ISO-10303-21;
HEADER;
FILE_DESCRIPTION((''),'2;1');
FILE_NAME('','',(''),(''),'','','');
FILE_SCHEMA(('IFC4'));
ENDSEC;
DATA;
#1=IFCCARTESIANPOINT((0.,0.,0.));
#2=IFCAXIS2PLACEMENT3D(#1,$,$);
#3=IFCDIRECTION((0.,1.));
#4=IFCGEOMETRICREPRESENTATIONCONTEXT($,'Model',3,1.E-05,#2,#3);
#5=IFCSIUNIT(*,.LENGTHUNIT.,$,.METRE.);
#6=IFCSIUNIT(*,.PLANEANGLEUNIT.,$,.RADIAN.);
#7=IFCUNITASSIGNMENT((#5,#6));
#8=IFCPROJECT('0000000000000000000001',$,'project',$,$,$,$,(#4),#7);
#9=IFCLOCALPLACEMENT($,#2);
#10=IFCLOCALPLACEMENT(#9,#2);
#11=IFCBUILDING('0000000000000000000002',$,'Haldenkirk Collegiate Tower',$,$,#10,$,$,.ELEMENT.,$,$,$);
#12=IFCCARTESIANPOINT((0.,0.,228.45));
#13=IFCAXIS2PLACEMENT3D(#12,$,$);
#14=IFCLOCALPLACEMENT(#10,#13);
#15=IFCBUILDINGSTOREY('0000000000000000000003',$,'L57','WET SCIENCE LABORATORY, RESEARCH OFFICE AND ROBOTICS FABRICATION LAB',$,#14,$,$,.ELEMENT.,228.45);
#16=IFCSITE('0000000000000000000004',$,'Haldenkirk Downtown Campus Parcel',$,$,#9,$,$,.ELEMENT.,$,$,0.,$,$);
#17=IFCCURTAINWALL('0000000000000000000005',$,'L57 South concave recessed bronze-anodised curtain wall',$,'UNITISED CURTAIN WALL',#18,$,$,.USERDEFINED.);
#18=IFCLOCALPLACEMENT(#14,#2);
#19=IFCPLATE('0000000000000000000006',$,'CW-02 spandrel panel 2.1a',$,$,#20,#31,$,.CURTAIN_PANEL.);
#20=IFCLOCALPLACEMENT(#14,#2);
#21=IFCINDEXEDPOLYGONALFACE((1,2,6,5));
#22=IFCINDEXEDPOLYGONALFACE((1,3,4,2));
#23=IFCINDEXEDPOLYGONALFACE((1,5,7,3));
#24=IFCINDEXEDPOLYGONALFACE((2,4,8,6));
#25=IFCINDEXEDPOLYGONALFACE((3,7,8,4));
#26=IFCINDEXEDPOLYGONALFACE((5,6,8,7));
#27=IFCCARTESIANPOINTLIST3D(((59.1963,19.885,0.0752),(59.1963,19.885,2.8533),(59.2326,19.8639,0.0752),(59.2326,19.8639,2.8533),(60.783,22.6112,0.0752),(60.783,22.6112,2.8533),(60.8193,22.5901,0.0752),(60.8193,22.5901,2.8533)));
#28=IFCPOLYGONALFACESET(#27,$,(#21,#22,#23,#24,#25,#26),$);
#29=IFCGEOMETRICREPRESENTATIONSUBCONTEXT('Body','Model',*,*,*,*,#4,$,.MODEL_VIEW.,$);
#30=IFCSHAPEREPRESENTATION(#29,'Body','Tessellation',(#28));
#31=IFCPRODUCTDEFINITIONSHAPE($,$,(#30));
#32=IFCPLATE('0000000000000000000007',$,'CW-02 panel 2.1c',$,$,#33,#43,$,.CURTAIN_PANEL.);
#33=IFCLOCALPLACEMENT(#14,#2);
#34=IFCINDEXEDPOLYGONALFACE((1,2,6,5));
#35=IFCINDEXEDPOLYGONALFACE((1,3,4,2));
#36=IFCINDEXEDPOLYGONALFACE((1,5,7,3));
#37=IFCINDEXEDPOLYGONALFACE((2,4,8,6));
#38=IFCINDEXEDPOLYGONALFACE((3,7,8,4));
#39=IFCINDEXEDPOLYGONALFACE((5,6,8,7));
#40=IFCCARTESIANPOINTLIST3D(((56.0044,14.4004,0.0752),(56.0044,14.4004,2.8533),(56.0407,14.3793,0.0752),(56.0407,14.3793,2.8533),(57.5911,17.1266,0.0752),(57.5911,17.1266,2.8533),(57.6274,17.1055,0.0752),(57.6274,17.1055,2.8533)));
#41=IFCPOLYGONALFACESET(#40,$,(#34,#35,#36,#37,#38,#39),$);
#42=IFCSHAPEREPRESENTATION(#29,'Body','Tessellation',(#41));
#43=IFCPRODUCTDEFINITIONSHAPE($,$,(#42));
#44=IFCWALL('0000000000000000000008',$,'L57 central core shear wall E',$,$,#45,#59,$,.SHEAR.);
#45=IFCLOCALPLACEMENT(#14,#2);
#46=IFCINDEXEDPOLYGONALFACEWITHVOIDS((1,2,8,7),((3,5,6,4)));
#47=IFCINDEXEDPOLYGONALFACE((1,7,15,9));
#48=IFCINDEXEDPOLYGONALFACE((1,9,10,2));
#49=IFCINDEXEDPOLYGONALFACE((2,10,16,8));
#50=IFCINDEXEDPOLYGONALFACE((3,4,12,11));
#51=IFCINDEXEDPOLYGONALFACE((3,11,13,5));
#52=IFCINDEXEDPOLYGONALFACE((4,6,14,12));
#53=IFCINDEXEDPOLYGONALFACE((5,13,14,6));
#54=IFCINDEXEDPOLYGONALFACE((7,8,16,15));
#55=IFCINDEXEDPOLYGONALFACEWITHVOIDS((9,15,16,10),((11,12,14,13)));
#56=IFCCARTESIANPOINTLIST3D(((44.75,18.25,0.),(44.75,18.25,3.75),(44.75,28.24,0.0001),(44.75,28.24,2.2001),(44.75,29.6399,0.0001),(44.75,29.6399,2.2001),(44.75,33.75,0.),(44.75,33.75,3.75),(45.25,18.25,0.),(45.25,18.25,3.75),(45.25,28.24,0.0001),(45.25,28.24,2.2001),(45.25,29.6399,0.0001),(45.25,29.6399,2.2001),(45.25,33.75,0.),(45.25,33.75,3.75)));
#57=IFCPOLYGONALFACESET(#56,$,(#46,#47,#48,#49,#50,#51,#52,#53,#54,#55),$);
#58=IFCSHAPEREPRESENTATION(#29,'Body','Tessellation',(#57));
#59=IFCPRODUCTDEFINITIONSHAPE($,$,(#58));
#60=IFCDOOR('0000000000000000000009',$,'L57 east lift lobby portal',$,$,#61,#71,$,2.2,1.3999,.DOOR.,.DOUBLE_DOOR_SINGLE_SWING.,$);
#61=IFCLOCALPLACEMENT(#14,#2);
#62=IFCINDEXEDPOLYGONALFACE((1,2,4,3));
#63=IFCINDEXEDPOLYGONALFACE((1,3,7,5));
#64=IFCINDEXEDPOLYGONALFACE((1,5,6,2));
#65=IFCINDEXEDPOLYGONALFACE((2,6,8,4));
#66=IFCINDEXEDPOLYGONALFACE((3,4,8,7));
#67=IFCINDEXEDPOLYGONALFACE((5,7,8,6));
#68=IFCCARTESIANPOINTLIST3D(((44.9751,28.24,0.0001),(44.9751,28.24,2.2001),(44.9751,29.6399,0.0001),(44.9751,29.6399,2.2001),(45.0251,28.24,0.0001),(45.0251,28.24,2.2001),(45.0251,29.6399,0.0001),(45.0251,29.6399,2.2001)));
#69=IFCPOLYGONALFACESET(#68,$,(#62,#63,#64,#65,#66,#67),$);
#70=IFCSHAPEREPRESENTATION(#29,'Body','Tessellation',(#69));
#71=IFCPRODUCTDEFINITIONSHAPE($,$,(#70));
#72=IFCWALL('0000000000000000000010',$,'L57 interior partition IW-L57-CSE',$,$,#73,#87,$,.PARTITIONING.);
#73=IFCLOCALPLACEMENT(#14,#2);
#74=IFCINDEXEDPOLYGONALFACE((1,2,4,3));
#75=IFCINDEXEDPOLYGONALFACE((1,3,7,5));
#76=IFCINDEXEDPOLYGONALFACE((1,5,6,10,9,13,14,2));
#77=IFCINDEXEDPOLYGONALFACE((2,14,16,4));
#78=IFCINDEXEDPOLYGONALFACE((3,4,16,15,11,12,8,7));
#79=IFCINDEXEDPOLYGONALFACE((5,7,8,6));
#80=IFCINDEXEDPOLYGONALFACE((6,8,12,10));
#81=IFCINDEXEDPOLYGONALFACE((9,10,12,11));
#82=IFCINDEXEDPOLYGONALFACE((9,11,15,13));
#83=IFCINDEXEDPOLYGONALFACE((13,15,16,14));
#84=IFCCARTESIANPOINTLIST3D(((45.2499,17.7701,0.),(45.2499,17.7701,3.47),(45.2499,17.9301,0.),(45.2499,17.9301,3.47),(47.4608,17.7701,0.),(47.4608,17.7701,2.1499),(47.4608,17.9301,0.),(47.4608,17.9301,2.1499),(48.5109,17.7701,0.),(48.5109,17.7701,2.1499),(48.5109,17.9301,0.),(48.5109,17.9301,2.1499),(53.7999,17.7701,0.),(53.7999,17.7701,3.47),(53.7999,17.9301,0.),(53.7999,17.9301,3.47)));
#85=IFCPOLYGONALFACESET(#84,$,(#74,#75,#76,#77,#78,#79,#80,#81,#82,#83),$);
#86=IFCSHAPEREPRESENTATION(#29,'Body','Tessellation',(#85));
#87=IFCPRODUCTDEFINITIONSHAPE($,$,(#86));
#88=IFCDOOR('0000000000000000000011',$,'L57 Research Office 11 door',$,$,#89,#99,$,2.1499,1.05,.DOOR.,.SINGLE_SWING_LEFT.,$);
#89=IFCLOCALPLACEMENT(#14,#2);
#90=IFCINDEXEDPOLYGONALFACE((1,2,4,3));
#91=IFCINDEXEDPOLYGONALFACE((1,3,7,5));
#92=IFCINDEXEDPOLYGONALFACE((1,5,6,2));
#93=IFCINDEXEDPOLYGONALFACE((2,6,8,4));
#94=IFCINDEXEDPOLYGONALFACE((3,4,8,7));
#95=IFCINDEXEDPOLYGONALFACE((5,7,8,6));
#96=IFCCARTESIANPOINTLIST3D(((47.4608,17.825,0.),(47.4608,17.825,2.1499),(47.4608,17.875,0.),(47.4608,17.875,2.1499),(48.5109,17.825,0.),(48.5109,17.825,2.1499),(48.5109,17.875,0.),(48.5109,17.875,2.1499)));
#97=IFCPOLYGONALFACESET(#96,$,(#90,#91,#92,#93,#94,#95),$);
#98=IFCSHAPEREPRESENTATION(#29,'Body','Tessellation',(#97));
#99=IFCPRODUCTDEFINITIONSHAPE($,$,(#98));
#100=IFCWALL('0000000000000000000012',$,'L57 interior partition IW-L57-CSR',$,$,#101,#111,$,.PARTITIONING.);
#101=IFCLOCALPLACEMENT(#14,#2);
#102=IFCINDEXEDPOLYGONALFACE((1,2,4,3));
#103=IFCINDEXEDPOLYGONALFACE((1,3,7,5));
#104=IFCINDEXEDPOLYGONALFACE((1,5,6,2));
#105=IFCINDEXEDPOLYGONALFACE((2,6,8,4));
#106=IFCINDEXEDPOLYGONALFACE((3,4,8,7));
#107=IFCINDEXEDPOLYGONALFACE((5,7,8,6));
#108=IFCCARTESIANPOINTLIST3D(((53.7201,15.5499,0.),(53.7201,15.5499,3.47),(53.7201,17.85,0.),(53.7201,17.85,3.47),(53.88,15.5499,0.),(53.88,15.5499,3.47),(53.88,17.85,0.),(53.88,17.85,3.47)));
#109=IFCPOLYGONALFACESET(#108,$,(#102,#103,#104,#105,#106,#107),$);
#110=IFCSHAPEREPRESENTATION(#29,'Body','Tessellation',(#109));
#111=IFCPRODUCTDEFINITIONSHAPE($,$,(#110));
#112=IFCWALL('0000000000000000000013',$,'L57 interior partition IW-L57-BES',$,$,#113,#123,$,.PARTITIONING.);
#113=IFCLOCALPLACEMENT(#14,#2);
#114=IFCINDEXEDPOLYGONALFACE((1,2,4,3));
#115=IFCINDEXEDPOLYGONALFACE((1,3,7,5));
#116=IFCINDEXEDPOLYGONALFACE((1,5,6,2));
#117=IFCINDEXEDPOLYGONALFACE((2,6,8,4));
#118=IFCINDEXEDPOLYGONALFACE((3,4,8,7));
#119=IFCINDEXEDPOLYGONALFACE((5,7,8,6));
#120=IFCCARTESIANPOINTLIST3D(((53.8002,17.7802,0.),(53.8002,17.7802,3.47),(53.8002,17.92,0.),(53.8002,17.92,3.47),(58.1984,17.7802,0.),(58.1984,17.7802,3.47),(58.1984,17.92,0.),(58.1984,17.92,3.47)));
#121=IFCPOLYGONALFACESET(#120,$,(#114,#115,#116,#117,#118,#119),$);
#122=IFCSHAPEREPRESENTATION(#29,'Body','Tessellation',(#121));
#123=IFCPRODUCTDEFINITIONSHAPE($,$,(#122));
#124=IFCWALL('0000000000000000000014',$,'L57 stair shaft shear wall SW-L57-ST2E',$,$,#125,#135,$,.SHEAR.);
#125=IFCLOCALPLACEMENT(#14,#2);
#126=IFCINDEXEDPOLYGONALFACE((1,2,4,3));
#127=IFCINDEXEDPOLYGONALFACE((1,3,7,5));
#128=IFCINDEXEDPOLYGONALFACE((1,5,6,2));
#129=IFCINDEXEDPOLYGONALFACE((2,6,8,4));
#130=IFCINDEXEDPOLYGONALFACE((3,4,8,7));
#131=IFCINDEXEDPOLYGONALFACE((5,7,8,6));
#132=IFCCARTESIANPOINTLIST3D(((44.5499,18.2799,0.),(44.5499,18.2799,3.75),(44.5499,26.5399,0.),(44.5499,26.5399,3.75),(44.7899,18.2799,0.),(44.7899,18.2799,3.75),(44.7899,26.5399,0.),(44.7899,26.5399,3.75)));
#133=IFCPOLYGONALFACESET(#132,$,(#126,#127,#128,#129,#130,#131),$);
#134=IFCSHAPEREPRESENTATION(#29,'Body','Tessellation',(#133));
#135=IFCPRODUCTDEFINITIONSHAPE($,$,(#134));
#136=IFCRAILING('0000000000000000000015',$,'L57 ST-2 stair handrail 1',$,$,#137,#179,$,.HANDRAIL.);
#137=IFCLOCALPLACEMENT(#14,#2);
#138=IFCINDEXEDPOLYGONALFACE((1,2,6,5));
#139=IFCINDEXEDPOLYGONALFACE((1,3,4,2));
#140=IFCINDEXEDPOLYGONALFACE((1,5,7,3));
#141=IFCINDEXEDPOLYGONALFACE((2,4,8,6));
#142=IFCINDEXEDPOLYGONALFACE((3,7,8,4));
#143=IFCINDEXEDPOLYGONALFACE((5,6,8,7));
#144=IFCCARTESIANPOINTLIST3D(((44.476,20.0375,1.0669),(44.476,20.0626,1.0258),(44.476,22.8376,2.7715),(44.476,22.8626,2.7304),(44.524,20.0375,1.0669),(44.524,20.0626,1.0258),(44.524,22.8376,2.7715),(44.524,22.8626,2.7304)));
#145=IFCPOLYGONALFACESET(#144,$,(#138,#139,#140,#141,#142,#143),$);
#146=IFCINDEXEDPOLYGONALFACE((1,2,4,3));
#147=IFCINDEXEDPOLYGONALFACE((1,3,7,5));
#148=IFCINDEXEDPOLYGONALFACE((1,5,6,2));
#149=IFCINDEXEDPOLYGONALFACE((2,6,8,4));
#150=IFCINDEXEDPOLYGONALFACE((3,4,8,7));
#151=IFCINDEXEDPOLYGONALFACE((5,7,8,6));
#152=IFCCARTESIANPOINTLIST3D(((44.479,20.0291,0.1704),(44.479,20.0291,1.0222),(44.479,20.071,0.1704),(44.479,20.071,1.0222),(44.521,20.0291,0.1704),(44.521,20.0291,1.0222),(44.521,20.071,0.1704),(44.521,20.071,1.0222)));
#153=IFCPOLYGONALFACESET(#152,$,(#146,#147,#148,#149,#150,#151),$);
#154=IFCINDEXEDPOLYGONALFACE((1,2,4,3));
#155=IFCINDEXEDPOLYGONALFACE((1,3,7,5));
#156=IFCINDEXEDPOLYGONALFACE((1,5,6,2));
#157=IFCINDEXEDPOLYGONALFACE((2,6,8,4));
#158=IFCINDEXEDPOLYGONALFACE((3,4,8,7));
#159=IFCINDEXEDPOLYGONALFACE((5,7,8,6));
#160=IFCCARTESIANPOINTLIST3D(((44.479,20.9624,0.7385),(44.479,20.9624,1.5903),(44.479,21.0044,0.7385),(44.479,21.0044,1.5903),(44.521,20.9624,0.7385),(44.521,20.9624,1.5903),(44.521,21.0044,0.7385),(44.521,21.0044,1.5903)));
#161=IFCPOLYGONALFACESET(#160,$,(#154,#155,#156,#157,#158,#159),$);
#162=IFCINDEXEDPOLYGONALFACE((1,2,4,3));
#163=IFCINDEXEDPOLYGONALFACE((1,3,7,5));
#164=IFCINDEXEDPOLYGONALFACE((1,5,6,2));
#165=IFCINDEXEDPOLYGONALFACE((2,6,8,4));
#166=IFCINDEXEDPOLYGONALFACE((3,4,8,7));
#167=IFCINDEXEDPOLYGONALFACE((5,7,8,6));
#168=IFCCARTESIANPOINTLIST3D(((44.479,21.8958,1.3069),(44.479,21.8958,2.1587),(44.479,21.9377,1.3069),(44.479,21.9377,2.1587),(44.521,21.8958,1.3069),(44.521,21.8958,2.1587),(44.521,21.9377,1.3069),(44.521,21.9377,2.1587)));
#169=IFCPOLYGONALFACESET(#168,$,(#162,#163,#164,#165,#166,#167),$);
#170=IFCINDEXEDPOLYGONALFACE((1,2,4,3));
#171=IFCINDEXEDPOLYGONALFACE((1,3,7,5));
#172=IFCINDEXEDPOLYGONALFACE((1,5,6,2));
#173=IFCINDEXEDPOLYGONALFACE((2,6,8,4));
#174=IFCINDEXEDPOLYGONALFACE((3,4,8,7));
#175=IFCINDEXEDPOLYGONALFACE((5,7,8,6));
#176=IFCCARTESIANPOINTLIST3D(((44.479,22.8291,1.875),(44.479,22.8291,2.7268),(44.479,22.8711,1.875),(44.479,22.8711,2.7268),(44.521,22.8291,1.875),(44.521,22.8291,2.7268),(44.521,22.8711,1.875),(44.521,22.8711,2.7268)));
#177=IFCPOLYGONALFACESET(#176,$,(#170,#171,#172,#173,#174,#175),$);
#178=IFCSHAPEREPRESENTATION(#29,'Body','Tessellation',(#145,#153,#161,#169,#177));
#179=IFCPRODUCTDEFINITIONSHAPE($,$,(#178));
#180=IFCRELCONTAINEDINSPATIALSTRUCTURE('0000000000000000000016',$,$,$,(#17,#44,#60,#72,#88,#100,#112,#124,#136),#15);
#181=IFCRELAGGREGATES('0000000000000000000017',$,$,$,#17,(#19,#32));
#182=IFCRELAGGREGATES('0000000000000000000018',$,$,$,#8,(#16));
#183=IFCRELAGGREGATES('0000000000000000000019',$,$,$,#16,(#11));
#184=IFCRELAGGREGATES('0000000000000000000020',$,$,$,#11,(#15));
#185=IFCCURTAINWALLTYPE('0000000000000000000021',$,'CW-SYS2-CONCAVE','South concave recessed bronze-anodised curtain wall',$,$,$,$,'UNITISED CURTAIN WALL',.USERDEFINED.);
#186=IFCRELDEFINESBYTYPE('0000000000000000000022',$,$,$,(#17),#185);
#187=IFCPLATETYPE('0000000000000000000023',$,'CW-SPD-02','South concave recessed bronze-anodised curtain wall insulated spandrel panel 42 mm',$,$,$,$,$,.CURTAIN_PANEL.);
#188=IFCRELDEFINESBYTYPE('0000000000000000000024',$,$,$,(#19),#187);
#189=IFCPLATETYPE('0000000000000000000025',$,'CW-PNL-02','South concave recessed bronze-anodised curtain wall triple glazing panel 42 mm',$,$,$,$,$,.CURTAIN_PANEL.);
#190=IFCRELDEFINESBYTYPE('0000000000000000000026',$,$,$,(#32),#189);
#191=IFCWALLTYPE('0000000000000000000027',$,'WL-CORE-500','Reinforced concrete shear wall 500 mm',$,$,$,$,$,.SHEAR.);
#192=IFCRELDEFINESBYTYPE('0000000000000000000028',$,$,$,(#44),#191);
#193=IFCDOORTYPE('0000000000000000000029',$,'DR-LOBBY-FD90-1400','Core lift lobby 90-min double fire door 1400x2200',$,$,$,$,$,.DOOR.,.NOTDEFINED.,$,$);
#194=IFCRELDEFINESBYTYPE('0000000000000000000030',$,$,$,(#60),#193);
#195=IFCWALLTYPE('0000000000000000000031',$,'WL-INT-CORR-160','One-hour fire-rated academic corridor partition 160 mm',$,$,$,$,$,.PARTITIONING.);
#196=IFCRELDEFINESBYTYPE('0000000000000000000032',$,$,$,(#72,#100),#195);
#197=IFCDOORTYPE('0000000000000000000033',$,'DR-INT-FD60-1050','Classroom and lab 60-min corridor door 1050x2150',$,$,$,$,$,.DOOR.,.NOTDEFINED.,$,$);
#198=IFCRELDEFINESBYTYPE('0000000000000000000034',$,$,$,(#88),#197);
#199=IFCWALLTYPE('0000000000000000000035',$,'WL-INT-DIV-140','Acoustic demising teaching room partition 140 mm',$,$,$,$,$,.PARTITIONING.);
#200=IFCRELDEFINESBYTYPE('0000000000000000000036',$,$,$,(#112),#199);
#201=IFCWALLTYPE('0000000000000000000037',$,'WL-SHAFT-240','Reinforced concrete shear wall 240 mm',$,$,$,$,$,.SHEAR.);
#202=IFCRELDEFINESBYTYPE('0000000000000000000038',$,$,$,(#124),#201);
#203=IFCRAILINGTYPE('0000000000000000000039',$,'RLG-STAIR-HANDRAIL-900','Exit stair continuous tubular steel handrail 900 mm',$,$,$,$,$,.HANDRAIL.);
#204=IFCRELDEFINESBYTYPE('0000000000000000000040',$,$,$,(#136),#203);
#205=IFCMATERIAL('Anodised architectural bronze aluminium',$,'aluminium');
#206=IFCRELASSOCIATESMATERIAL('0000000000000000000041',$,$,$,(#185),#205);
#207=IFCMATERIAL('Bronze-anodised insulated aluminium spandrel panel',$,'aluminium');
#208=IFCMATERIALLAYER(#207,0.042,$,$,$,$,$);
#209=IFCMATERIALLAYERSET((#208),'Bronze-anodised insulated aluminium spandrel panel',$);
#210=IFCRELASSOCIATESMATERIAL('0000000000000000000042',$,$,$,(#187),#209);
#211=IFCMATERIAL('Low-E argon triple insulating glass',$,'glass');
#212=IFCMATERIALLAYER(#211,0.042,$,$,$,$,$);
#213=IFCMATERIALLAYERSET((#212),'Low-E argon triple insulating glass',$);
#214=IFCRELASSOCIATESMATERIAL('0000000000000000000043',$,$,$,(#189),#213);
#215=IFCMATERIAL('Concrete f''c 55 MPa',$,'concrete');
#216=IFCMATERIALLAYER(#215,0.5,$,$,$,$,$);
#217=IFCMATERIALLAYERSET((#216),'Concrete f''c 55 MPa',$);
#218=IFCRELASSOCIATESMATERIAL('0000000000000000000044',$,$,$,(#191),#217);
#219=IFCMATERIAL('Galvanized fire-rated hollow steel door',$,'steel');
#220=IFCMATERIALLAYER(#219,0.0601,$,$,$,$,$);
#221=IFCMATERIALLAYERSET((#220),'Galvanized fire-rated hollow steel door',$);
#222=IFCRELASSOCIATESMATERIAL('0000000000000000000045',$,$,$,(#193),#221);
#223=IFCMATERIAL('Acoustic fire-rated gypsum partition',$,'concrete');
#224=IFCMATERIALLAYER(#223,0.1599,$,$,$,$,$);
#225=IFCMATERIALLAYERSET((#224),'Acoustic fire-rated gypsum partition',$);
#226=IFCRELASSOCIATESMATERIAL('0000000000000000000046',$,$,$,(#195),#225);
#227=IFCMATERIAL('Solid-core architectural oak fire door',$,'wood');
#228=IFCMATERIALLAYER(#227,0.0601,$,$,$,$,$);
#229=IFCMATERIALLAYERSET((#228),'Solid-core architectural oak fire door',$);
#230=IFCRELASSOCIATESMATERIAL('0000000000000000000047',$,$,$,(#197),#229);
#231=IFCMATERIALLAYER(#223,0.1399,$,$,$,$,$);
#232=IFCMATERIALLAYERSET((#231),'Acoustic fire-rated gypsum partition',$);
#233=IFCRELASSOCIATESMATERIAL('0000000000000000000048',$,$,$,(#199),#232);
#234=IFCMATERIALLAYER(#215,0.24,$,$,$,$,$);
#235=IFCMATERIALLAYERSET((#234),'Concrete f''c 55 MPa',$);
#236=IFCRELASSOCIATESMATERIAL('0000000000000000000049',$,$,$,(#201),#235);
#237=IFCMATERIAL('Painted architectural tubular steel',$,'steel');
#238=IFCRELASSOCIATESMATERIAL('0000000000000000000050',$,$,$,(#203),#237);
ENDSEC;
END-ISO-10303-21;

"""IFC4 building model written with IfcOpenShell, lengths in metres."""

from ifc_helpers import new_model, si_unit, direction, frame, frame_2d, origin, origin_2d, place, context, subcontext, project, spatial, rectangle, extrude, source, transform, mapped, material, layer, layer_set, type_object, element, fill, aggregate, save


model = new_model("IFC4")

# Units and contexts
model_context = context("Model", 3, precision=1e-05, world=origin(), true_north=direction((0.0, 1.0)))
body_context = subcontext(model_context, "Body", "Model", "MODEL_VIEW")
ifc_project = project(units=[si_unit("LENGTHUNIT", "METRE"), si_unit("PLANEANGLEUNIT", "RADIAN")], contexts=[model_context])

# Site, building, storey
site_placement = place(None, origin())
site = spatial("IfcSite", under=ifc_project, at=site_placement, Name="Haldenkirk Downtown Campus Parcel", CompositionType="ELEMENT", RefElevation=0.0)
building_placement = place(site_placement, origin())
building = spatial("IfcBuilding", under=site, at=building_placement, Name="Haldenkirk Collegiate Tower", CompositionType="ELEMENT")
storey_placement = place(building_placement, frame((0.0, 0.0, 228.45)))
storey = spatial("IfcBuildingStorey", under=building, at=storey_placement, Name="L57", Description="WET SCIENCE LABORATORY, RESEARCH OFFICE AND ROBOTICS FABRICATION LAB", CompositionType="ELEMENT", Elevation=228.45)

# Curtain wall
ifc_material_1 = material(Name="Anodised architectural bronze aluminium", Category="aluminium")
curtain_wall_type = type_object("IfcCurtainWallType", Name="CW-SYS2-CONCAVE", Description="South concave recessed bronze-anodised curtain wall", ElementType="UNITISED CURTAIN WALL", PredefinedType="USERDEFINED", material=ifc_material_1)
curtain_wall_placement = place(storey_placement, origin())
curtain_wall = element("IfcCurtainWall", 1, at=curtain_wall_placement, inside=storey, type_object=curtain_wall_type, Name="L57 South concave recessed bronze-anodised curtain wall", ObjectType="UNITISED CURTAIN WALL", PredefinedType="USERDEFINED")

# Plates
ifc_material_2 = material(Name="Bronze-anodised insulated aluminium spandrel panel", Category="aluminium")
ifc_layer_1 = layer(ifc_material_2, 0.042)
ifc_layer_set_1 = layer_set([ifc_layer_1], Name="Bronze-anodised insulated aluminium spandrel panel")
plate_type_1 = type_object("IfcPlateType", Name="CW-SPD-02", Description="South concave recessed bronze-anodised curtain wall insulated spandrel panel 42 mm", PredefinedType="CURTAIN_PANEL", material=ifc_layer_set_1)
shared_shape_1 = source(origin(), body_context, "Body", "SweptSolid", [
    extrude(rectangle(XDim=3.1543, YDim=0.042, at=origin_2d()), origin(), (0.0, 0.0, 1.0), 2.7781),
])
plate_1_placement = place(storey_placement, frame((60.0078, 21.2375, 0.0752), z_axis=(0.0, 0.0, 1.0), x_axis=(-0.503019, -0.864276, 0.0)))
plate_1 = element("IfcPlate", 2, at=plate_1_placement, type_object=plate_type_1, Name="CW-02 spandrel panel 2.1a", PredefinedType="CURTAIN_PANEL", context=body_context, shape_type="MappedRepresentation", body=[
    mapped(shared_shape_1, transform((0.0, 0.0, 0.0), x_axis=(1.0, 0.0, 0.0), y_axis=(0.0, 1.0, 0.0), z_axis=(0.0, 0.0, 1.0), scale=1.0)),
])
ifc_material_3 = material(Name="Low-E argon triple insulating glass", Category="glass")
ifc_layer_2 = layer(ifc_material_3, 0.042)
ifc_layer_set_2 = layer_set([ifc_layer_2], Name="Low-E argon triple insulating glass")
plate_type_2 = type_object("IfcPlateType", Name="CW-PNL-02", Description="South concave recessed bronze-anodised curtain wall triple glazing panel 42 mm", PredefinedType="CURTAIN_PANEL", material=ifc_layer_set_2)
plate_2_placement = place(storey_placement, frame((56.8159, 15.7529, 0.0752), z_axis=(0.0, 0.0, 1.0), x_axis=(-0.503019, -0.864276, 0.0)))
plate_2 = element("IfcPlate", 3, at=plate_2_placement, type_object=plate_type_2, Name="CW-02 panel 2.1c", PredefinedType="CURTAIN_PANEL", context=body_context, shape_type="MappedRepresentation", body=[
    mapped(shared_shape_1, transform((0.0, 0.0, 0.0), x_axis=(1.0, 0.0, 0.0), y_axis=(0.0, 1.0, 0.0), z_axis=(0.0, 0.0, 1.0), scale=1.0)),
])
aggregate(curtain_wall, [plate_1, plate_2])

# Walls, openings, doors
ifc_material_4 = material(Name="Concrete f'c 55 MPa", Category="concrete")
ifc_layer_3 = layer(ifc_material_4, 0.5)
ifc_layer_set_3 = layer_set([ifc_layer_3], Name="Concrete f'c 55 MPa")
wall_type_1 = type_object("IfcWallType", Name="WL-CORE-500", Description="Reinforced concrete shear wall 500 mm", PredefinedType="SHEAR", material=ifc_layer_set_3)
wall_1_placement = place(storey_placement, frame((45.0, 18.25, 0.0), z_axis=(0.0, 0.0, 1.0), x_axis=(0.0, 1.0, 0.0)))
wall_1 = element("IfcWall", 4, at=wall_1_placement, inside=storey, type_object=wall_type_1, Name="L57 central core shear wall E", PredefinedType="SHEAR", context=body_context, shape_type="SweptSolid", body=[
    extrude(rectangle(XDim=15.5, YDim=0.5, at=frame_2d((7.75, 0.0))), origin(), (0.0, 0.0, 1.0), 3.75),
])
opening_1_placement = place(wall_1_placement, frame((9.99, 0.0, 0.0)))
opening_1 = element("IfcOpeningElement", 5, at=opening_1_placement, cuts=wall_1, PredefinedType="OPENING", context=body_context, shape_type="SweptSolid", body=[
    extrude(rectangle(XDim=1.3999, YDim=2.2, at=frame_2d((0.7, 1.1001))), frame((0.0, 0.26, 0.0), z_axis=(0.0, -1.0, 0.0), x_axis=(1.0, 0.0, 0.0)), (0.0, 0.0, 1.0), 0.52),
])
ifc_material_5 = material(Name="Galvanized fire-rated hollow steel door", Category="steel")
ifc_layer_4 = layer(ifc_material_5, 0.0601)
ifc_layer_set_4 = layer_set([ifc_layer_4], Name="Galvanized fire-rated hollow steel door")
door_type_1 = type_object("IfcDoorType", Name="DR-LOBBY-FD90-1400", Description="Core lift lobby 90-min double fire door 1400x2200", OperationType="NOTDEFINED", PredefinedType="DOOR", material=ifc_layer_set_4)
door_1_placement = place(opening_1_placement, origin())
door_1 = element("IfcDoor", 6, at=door_1_placement, inside=storey, type_object=door_type_1, Name="L57 east lift lobby portal", OperationType="DOUBLE_DOOR_SINGLE_SWING", OverallHeight=2.2, OverallWidth=1.3999, PredefinedType="DOOR", context=body_context, shape_type="SweptSolid", body=[
    extrude(rectangle(XDim=1.3999, YDim=2.2, at=frame_2d((0.7, 1.1001))), frame((0.0, 0.0249, 0.0), z_axis=(0.0, -1.0, 0.0), x_axis=(1.0, 0.0, 0.0)), (0.0, 0.0, 1.0), 0.05),
])
fill(opening_1, door_1)
ifc_material_6 = material(Name="Acoustic fire-rated gypsum partition", Category="concrete")
ifc_layer_5 = layer(ifc_material_6, 0.1599)
ifc_layer_set_5 = layer_set([ifc_layer_5], Name="Acoustic fire-rated gypsum partition")
wall_type_2 = type_object("IfcWallType", Name="WL-INT-CORR-160", Description="One-hour fire-rated academic corridor partition 160 mm", PredefinedType="PARTITIONING", material=ifc_layer_set_5)
wall_2_placement = place(storey_placement, frame((45.25, 17.8501, 0.0), z_axis=(0.0, 0.0, 1.0), x_axis=(1.0, 0.0, 0.0)))
wall_2 = element("IfcWall", 7, at=wall_2_placement, inside=storey, type_object=wall_type_2, Name="L57 interior partition IW-L57-CSE", PredefinedType="PARTITIONING", context=body_context, shape_type="SweptSolid", body=[
    extrude(rectangle(XDim=8.55, YDim=0.1599, at=frame_2d((4.2749, 0.0))), origin(), (0.0, 0.0, 1.0), 3.47),
])
opening_2_placement = place(wall_2_placement, frame((2.2109, 0.0, 0.0)))
opening_2 = element("IfcOpeningElement", 8, at=opening_2_placement, cuts=wall_2, PredefinedType="OPENING", context=body_context, shape_type="SweptSolid", body=[
    extrude(rectangle(XDim=1.05, YDim=2.1499, at=frame_2d((0.5249, 1.075))), frame((0.0, 0.0898, 0.0), z_axis=(0.0, -1.0, 0.0), x_axis=(1.0, 0.0, 0.0)), (0.0, 0.0, 1.0), 0.1799),
])
ifc_material_7 = material(Name="Solid-core architectural oak fire door", Category="wood")
ifc_layer_6 = layer(ifc_material_7, 0.0601)
ifc_layer_set_6 = layer_set([ifc_layer_6], Name="Solid-core architectural oak fire door")
door_type_2 = type_object("IfcDoorType", Name="DR-INT-FD60-1050", Description="Classroom and lab 60-min corridor door 1050x2150", OperationType="NOTDEFINED", PredefinedType="DOOR", material=ifc_layer_set_6)
door_2_placement = place(opening_2_placement, origin())
door_2 = element("IfcDoor", 9, at=door_2_placement, inside=storey, type_object=door_type_2, Name="L57 Research Office 11 door", OperationType="SINGLE_SWING_LEFT", OverallHeight=2.1499, OverallWidth=1.05, PredefinedType="DOOR", context=body_context, shape_type="SweptSolid", body=[
    extrude(rectangle(XDim=1.05, YDim=2.1499, at=frame_2d((0.5249, 1.075))), frame((0.0, 0.0249, 0.0), z_axis=(0.0, -1.0, 0.0), x_axis=(1.0, 0.0, 0.0)), (0.0, 0.0, 1.0), 0.05),
])
fill(opening_2, door_2)

# Walls
wall_3_placement = place(storey_placement, frame((53.8, 15.55, 0.0), z_axis=(0.0, 0.0, 1.0), x_axis=(0.0, 1.0, 0.0)))
element("IfcWall", 10, at=wall_3_placement, inside=storey, type_object=wall_type_2, Name="L57 interior partition IW-L57-CSR", PredefinedType="PARTITIONING", context=body_context, shape_type="SweptSolid", body=[
    extrude(rectangle(XDim=2.3, YDim=0.1599, at=frame_2d((1.1499, 0.0))), origin(), (0.0, 0.0, 1.0), 3.47),
])
ifc_layer_7 = layer(ifc_material_6, 0.1399)
ifc_layer_set_7 = layer_set([ifc_layer_7], Name="Acoustic fire-rated gypsum partition")
wall_type_3 = type_object("IfcWallType", Name="WL-INT-DIV-140", Description="Acoustic demising teaching room partition 140 mm", PredefinedType="PARTITIONING", material=ifc_layer_set_7)
wall_4_placement = place(storey_placement, frame((53.8, 17.8501, 0.0), z_axis=(0.0, 0.0, 1.0), x_axis=(1.0, 0.0, 0.0)))
element("IfcWall", 11, at=wall_4_placement, inside=storey, type_object=wall_type_3, Name="L57 interior partition IW-L57-BES", PredefinedType="PARTITIONING", context=body_context, shape_type="SweptSolid", body=[
    extrude(rectangle(XDim=4.3982, YDim=0.1399, at=frame_2d((2.1992, 0.0))), origin(), (0.0, 0.0, 1.0), 3.47),
])
ifc_layer_8 = layer(ifc_material_4, 0.24)
ifc_layer_set_8 = layer_set([ifc_layer_8], Name="Concrete f'c 55 MPa")
wall_type_4 = type_object("IfcWallType", Name="WL-SHAFT-240", Description="Reinforced concrete shear wall 240 mm", PredefinedType="SHEAR", material=ifc_layer_set_8)
wall_5_placement = place(storey_placement, frame((44.6699, 18.28, 0.0), z_axis=(0.0, 0.0, 1.0), x_axis=(0.0, 1.0, 0.0)))
element("IfcWall", 12, at=wall_5_placement, inside=storey, type_object=wall_type_4, Name="L57 stair shaft shear wall SW-L57-ST2E", PredefinedType="SHEAR", context=body_context, shape_type="SweptSolid", body=[
    extrude(rectangle(XDim=8.26, YDim=0.24, at=frame_2d((4.1299, 0.0))), origin(), (0.0, 0.0, 1.0), 3.75),
])

# Railing
ifc_material_8 = material(Name="Painted architectural tubular steel", Category="steel")
railing_type = type_object("IfcRailingType", Name="RLG-STAIR-HANDRAIL-900", Description="Exit stair continuous tubular steel handrail 900 mm", PredefinedType="HANDRAIL", material=ifc_material_8)
railing_placement = place(storey_placement, frame((44.5, 20.05, 0.1704)))
element("IfcRailing", 13, at=railing_placement, inside=storey, type_object=railing_type, Name="L57 ST-2 stair handrail 1", PredefinedType="HANDRAIL", context=body_context, shape_type="SweptSolid", body=[
    extrude(rectangle(XDim=0.0481, YDim=0.0481, at=origin_2d()), frame((0.0, 0.0, 0.876), z_axis=(0.0, 0.85417, 0.519994), x_axis=(-1.0, 0.0, 0.0)), (0.0, 0.0, 1.0), 3.2781),
    extrude(rectangle(XDim=0.042, YDim=0.042, at=origin_2d()), origin(), (0.0, 0.0, 1.0), 0.8518),
    extrude(rectangle(XDim=0.042, YDim=0.042, at=origin_2d()), frame((0.0, 0.9333, 0.5681)), (0.0, 0.0, 1.0), 0.8518),
    extrude(rectangle(XDim=0.042, YDim=0.042, at=origin_2d()), frame((0.0, 1.8667, 1.1365)), (0.0, 0.0, 1.0), 0.8518),
    extrude(rectangle(XDim=0.042, YDim=0.042, at=origin_2d()), frame((0.0, 2.8, 1.7046)), (0.0, 0.0, 1.0), 0.8518),
])

save(model, "model.ifc")
